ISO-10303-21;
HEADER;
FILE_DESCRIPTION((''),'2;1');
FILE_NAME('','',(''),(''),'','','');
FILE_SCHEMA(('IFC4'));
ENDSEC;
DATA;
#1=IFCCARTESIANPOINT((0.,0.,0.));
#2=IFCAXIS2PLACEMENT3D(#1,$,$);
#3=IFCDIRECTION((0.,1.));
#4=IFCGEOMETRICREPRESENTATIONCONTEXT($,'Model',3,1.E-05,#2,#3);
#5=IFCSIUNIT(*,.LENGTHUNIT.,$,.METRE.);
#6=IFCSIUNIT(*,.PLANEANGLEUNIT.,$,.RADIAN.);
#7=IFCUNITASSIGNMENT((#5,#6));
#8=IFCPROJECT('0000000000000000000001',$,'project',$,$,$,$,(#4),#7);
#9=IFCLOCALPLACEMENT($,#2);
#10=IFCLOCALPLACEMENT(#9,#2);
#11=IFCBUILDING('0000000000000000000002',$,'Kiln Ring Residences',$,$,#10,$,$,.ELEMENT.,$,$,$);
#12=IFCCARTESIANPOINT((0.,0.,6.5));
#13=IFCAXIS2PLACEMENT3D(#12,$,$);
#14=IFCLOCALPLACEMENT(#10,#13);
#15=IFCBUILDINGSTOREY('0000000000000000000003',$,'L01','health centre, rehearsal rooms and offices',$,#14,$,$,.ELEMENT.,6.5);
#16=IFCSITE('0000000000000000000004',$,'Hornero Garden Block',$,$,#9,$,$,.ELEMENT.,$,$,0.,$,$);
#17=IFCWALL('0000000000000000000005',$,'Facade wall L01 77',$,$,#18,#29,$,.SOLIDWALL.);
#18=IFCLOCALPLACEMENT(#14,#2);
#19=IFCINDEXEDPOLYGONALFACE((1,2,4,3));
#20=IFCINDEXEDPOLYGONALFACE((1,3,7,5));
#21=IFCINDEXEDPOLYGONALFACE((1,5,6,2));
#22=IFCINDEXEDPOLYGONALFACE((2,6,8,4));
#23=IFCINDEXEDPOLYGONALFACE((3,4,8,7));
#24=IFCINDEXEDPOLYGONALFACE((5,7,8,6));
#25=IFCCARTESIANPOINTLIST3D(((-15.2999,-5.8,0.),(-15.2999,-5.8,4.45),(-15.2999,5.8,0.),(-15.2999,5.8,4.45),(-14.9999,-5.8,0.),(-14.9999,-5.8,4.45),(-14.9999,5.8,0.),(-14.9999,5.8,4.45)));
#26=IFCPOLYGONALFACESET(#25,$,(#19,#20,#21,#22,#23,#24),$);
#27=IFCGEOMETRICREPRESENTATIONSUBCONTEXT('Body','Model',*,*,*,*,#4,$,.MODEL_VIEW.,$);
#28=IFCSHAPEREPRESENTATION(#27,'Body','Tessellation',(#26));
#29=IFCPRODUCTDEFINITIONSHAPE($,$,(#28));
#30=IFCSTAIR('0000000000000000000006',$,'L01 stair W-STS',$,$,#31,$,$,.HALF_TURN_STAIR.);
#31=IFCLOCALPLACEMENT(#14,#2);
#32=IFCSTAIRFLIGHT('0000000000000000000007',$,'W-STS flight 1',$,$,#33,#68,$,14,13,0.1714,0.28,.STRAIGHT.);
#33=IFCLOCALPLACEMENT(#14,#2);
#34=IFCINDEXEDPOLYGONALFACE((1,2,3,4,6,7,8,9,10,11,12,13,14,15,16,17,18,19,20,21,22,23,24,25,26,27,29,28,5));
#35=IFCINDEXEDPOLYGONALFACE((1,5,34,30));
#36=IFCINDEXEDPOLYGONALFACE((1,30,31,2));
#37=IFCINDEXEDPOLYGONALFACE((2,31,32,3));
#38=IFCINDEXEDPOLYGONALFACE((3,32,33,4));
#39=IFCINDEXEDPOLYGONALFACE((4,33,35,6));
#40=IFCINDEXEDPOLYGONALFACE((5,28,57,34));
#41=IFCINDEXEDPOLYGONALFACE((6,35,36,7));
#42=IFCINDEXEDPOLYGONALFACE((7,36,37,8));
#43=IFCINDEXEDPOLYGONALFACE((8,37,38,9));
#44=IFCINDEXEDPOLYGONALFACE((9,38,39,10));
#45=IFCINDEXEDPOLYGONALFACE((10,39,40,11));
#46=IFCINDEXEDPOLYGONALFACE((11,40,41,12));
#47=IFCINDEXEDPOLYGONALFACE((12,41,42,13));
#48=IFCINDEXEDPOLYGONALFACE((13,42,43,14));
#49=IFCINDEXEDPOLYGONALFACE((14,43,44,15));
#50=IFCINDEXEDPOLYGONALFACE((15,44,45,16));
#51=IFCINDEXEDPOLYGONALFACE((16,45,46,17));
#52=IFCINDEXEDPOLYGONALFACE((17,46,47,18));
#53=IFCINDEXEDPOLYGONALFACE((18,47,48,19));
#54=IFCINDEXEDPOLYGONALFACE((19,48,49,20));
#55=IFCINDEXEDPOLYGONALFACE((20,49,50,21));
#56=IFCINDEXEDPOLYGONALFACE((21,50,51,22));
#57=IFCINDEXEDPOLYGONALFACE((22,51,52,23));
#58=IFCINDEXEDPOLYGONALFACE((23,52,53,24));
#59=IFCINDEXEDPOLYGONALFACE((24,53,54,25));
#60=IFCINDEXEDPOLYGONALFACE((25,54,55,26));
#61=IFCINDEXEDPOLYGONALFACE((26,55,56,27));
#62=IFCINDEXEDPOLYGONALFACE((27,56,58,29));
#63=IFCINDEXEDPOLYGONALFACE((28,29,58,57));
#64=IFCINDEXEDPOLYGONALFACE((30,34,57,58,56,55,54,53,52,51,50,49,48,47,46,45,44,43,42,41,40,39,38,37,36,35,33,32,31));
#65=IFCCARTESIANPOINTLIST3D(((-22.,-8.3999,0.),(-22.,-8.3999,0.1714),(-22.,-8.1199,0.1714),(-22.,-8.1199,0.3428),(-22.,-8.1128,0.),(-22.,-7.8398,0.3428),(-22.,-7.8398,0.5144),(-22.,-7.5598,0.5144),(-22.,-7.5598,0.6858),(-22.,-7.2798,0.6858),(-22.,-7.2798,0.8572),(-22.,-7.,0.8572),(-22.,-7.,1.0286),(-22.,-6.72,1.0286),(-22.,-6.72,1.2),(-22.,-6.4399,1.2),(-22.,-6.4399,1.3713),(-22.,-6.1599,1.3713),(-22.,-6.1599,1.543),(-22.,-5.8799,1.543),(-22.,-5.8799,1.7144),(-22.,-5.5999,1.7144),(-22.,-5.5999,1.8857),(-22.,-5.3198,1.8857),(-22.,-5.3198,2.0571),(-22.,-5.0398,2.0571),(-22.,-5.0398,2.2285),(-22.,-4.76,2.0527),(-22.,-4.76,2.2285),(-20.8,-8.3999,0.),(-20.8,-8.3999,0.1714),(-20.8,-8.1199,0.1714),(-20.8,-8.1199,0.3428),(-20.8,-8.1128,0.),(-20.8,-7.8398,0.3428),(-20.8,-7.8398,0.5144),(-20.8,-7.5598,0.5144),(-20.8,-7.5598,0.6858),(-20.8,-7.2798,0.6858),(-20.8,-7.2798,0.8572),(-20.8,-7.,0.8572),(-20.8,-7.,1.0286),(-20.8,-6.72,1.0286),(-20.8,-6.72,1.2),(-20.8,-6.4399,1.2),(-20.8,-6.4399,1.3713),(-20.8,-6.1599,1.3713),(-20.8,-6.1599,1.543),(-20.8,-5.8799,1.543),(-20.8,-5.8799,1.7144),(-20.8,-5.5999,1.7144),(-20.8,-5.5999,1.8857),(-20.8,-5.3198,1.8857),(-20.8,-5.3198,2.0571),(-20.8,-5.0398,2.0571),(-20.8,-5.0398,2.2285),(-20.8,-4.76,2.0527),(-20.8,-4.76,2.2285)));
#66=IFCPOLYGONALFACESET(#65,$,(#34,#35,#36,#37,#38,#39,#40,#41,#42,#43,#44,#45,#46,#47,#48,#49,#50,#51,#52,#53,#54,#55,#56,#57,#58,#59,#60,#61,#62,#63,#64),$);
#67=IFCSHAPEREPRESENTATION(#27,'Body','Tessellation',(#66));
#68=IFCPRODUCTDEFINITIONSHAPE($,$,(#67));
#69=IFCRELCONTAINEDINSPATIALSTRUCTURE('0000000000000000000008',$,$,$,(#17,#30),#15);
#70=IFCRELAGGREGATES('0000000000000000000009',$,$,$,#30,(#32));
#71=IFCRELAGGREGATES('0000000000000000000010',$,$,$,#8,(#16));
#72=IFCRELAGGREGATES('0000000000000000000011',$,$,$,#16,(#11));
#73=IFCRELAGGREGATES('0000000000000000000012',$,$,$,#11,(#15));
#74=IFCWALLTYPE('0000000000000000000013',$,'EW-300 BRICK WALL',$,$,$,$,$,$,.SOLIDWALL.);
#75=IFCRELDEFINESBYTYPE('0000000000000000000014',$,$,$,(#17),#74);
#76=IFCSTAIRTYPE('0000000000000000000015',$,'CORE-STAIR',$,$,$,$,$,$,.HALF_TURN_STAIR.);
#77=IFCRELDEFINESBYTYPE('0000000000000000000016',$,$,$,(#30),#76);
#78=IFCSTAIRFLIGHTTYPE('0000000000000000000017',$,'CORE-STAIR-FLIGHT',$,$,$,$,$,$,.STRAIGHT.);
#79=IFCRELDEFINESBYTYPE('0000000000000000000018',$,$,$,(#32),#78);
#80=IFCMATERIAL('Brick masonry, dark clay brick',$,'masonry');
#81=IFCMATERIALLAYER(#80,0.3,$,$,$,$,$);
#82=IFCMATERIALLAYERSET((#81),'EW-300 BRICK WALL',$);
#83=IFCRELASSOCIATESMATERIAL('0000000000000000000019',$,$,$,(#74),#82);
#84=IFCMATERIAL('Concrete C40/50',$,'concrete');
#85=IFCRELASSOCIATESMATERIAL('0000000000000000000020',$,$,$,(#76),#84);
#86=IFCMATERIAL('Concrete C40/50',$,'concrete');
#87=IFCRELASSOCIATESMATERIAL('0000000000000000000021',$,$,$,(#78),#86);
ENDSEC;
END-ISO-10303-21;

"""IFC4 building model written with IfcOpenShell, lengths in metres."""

from ifc_helpers import new_model, si_unit, direction, frame, frame_2d, origin, place, context, subcontext, project, spatial, polyline, rectangle, outline, extrude, material, layer, layer_set, type_object, element, aggregate, save


model = new_model("IFC4")

# Units and contexts
model_context = context("Model", 3, precision=1e-05, world=origin(), true_north=direction((0.0, 1.0)))
body_context = subcontext(model_context, "Body", "Model", "MODEL_VIEW")
ifc_project = project(units=[si_unit("LENGTHUNIT", "METRE"), si_unit("PLANEANGLEUNIT", "RADIAN")], contexts=[model_context])

# Site, building, storey
site_placement = place(None, origin())
site = spatial("IfcSite", under=ifc_project, at=site_placement, Name="Hornero Garden Block", CompositionType="ELEMENT", RefElevation=0.0)
building_placement = place(site_placement, origin())
building = spatial("IfcBuilding", under=site, at=building_placement, Name="Kiln Ring Residences", CompositionType="ELEMENT")
storey_placement = place(building_placement, frame((0.0, 0.0, 6.5)))
storey = spatial("IfcBuildingStorey", under=building, at=storey_placement, Name="L01", Description="health centre, rehearsal rooms and offices", CompositionType="ELEMENT", Elevation=6.5)

# Wall
ifc_material_1 = material(Name="Brick masonry, dark clay brick", Category="masonry")
ifc_layer_1 = layer(ifc_material_1, 0.3)
ifc_layer_set_1 = layer_set([ifc_layer_1], Name="EW-300 BRICK WALL")
wall_type_1 = type_object("IfcWallType", Name="EW-300 BRICK WALL", PredefinedType="SOLIDWALL", material=ifc_layer_set_1)
wall_1_placement = place(storey_placement, frame((-15.1499, -5.8, 0.0), z_axis=(0.0, 0.0, 1.0), x_axis=(0.0, 1.0, 0.0)))
element("IfcWall", 1, at=wall_1_placement, inside=storey, type_object=wall_type_1, Name="Facade wall L01 77", PredefinedType="SOLIDWALL", context=body_context, shape_type="SweptSolid", body=[
    extrude(rectangle(XDim=11.6001, YDim=0.3, at=frame_2d((5.8, 0.0))), origin(), (0.0, 0.0, 1.0), 4.45),
])

# Stair, stair flight
ifc_material_2 = material(Name="Concrete C40/50", Category="concrete")
stair_type = type_object("IfcStairType", Name="CORE-STAIR", PredefinedType="HALF_TURN_STAIR", material=ifc_material_2)
stair_placement = place(storey_placement, origin())
stair = element("IfcStair", 2, at=stair_placement, inside=storey, type_object=stair_type, Name="L01 stair W-STS", PredefinedType="HALF_TURN_STAIR")
ifc_material_3 = material(Name="Concrete C40/50", Category="concrete")
stair_flight_type = type_object("IfcStairFlightType", Name="CORE-STAIR-FLIGHT", PredefinedType="STRAIGHT", material=ifc_material_3)
stair_flight_placement = place(storey_placement, frame((-21.3999, -8.3999, 0.0), z_axis=(0.0, 0.0, 1.0), x_axis=(0.0, 1.0, 0.0)))
stair_flight = element("IfcStairFlight", 3, at=stair_flight_placement, type_object=stair_flight_type, Name="W-STS flight 1", NumberOfRisers=14, NumberOfTreads=13, PredefinedType="STRAIGHT", RiserHeight=0.1714, TreadLength=0.28, context=body_context, shape_type="SweptSolid", body=[
    extrude(outline(polyline([(0.0, 0.0), (0.0, 0.1714), (0.28, 0.1714), (0.28, 0.3428), (0.5601, 0.3428), (0.5601, 0.5144), (0.8401, 0.5144), (0.8401, 0.6858), (1.1201, 0.6858), (1.1201, 0.8572), (1.3999, 0.8572), (1.3999, 1.0286), (1.6799, 1.0286), (1.6799, 1.2), (1.96, 1.2), (1.96, 1.3713), (2.24, 1.3713), (2.24, 1.543), (2.52, 1.543), (2.52, 1.7144), (2.8, 1.7144), (2.8, 1.8857), (3.0801, 1.8857), (3.0801, 2.0571), (3.3601, 2.0571), (3.3601, 2.2285), (3.6399, 2.2285), (3.6399, 2.3999), (3.6399, 2.0527), (0.2871, 0.0), (0.0, 0.0)])), frame((0.0, 0.6001, 0.0), z_axis=(0.0, -1.0, 0.0), x_axis=(1.0, 0.0, 0.0)), (0.0, 0.0, 1.0), 1.2),
])
aggregate(stair, [stair_flight])

save(model, "model.ifc")
